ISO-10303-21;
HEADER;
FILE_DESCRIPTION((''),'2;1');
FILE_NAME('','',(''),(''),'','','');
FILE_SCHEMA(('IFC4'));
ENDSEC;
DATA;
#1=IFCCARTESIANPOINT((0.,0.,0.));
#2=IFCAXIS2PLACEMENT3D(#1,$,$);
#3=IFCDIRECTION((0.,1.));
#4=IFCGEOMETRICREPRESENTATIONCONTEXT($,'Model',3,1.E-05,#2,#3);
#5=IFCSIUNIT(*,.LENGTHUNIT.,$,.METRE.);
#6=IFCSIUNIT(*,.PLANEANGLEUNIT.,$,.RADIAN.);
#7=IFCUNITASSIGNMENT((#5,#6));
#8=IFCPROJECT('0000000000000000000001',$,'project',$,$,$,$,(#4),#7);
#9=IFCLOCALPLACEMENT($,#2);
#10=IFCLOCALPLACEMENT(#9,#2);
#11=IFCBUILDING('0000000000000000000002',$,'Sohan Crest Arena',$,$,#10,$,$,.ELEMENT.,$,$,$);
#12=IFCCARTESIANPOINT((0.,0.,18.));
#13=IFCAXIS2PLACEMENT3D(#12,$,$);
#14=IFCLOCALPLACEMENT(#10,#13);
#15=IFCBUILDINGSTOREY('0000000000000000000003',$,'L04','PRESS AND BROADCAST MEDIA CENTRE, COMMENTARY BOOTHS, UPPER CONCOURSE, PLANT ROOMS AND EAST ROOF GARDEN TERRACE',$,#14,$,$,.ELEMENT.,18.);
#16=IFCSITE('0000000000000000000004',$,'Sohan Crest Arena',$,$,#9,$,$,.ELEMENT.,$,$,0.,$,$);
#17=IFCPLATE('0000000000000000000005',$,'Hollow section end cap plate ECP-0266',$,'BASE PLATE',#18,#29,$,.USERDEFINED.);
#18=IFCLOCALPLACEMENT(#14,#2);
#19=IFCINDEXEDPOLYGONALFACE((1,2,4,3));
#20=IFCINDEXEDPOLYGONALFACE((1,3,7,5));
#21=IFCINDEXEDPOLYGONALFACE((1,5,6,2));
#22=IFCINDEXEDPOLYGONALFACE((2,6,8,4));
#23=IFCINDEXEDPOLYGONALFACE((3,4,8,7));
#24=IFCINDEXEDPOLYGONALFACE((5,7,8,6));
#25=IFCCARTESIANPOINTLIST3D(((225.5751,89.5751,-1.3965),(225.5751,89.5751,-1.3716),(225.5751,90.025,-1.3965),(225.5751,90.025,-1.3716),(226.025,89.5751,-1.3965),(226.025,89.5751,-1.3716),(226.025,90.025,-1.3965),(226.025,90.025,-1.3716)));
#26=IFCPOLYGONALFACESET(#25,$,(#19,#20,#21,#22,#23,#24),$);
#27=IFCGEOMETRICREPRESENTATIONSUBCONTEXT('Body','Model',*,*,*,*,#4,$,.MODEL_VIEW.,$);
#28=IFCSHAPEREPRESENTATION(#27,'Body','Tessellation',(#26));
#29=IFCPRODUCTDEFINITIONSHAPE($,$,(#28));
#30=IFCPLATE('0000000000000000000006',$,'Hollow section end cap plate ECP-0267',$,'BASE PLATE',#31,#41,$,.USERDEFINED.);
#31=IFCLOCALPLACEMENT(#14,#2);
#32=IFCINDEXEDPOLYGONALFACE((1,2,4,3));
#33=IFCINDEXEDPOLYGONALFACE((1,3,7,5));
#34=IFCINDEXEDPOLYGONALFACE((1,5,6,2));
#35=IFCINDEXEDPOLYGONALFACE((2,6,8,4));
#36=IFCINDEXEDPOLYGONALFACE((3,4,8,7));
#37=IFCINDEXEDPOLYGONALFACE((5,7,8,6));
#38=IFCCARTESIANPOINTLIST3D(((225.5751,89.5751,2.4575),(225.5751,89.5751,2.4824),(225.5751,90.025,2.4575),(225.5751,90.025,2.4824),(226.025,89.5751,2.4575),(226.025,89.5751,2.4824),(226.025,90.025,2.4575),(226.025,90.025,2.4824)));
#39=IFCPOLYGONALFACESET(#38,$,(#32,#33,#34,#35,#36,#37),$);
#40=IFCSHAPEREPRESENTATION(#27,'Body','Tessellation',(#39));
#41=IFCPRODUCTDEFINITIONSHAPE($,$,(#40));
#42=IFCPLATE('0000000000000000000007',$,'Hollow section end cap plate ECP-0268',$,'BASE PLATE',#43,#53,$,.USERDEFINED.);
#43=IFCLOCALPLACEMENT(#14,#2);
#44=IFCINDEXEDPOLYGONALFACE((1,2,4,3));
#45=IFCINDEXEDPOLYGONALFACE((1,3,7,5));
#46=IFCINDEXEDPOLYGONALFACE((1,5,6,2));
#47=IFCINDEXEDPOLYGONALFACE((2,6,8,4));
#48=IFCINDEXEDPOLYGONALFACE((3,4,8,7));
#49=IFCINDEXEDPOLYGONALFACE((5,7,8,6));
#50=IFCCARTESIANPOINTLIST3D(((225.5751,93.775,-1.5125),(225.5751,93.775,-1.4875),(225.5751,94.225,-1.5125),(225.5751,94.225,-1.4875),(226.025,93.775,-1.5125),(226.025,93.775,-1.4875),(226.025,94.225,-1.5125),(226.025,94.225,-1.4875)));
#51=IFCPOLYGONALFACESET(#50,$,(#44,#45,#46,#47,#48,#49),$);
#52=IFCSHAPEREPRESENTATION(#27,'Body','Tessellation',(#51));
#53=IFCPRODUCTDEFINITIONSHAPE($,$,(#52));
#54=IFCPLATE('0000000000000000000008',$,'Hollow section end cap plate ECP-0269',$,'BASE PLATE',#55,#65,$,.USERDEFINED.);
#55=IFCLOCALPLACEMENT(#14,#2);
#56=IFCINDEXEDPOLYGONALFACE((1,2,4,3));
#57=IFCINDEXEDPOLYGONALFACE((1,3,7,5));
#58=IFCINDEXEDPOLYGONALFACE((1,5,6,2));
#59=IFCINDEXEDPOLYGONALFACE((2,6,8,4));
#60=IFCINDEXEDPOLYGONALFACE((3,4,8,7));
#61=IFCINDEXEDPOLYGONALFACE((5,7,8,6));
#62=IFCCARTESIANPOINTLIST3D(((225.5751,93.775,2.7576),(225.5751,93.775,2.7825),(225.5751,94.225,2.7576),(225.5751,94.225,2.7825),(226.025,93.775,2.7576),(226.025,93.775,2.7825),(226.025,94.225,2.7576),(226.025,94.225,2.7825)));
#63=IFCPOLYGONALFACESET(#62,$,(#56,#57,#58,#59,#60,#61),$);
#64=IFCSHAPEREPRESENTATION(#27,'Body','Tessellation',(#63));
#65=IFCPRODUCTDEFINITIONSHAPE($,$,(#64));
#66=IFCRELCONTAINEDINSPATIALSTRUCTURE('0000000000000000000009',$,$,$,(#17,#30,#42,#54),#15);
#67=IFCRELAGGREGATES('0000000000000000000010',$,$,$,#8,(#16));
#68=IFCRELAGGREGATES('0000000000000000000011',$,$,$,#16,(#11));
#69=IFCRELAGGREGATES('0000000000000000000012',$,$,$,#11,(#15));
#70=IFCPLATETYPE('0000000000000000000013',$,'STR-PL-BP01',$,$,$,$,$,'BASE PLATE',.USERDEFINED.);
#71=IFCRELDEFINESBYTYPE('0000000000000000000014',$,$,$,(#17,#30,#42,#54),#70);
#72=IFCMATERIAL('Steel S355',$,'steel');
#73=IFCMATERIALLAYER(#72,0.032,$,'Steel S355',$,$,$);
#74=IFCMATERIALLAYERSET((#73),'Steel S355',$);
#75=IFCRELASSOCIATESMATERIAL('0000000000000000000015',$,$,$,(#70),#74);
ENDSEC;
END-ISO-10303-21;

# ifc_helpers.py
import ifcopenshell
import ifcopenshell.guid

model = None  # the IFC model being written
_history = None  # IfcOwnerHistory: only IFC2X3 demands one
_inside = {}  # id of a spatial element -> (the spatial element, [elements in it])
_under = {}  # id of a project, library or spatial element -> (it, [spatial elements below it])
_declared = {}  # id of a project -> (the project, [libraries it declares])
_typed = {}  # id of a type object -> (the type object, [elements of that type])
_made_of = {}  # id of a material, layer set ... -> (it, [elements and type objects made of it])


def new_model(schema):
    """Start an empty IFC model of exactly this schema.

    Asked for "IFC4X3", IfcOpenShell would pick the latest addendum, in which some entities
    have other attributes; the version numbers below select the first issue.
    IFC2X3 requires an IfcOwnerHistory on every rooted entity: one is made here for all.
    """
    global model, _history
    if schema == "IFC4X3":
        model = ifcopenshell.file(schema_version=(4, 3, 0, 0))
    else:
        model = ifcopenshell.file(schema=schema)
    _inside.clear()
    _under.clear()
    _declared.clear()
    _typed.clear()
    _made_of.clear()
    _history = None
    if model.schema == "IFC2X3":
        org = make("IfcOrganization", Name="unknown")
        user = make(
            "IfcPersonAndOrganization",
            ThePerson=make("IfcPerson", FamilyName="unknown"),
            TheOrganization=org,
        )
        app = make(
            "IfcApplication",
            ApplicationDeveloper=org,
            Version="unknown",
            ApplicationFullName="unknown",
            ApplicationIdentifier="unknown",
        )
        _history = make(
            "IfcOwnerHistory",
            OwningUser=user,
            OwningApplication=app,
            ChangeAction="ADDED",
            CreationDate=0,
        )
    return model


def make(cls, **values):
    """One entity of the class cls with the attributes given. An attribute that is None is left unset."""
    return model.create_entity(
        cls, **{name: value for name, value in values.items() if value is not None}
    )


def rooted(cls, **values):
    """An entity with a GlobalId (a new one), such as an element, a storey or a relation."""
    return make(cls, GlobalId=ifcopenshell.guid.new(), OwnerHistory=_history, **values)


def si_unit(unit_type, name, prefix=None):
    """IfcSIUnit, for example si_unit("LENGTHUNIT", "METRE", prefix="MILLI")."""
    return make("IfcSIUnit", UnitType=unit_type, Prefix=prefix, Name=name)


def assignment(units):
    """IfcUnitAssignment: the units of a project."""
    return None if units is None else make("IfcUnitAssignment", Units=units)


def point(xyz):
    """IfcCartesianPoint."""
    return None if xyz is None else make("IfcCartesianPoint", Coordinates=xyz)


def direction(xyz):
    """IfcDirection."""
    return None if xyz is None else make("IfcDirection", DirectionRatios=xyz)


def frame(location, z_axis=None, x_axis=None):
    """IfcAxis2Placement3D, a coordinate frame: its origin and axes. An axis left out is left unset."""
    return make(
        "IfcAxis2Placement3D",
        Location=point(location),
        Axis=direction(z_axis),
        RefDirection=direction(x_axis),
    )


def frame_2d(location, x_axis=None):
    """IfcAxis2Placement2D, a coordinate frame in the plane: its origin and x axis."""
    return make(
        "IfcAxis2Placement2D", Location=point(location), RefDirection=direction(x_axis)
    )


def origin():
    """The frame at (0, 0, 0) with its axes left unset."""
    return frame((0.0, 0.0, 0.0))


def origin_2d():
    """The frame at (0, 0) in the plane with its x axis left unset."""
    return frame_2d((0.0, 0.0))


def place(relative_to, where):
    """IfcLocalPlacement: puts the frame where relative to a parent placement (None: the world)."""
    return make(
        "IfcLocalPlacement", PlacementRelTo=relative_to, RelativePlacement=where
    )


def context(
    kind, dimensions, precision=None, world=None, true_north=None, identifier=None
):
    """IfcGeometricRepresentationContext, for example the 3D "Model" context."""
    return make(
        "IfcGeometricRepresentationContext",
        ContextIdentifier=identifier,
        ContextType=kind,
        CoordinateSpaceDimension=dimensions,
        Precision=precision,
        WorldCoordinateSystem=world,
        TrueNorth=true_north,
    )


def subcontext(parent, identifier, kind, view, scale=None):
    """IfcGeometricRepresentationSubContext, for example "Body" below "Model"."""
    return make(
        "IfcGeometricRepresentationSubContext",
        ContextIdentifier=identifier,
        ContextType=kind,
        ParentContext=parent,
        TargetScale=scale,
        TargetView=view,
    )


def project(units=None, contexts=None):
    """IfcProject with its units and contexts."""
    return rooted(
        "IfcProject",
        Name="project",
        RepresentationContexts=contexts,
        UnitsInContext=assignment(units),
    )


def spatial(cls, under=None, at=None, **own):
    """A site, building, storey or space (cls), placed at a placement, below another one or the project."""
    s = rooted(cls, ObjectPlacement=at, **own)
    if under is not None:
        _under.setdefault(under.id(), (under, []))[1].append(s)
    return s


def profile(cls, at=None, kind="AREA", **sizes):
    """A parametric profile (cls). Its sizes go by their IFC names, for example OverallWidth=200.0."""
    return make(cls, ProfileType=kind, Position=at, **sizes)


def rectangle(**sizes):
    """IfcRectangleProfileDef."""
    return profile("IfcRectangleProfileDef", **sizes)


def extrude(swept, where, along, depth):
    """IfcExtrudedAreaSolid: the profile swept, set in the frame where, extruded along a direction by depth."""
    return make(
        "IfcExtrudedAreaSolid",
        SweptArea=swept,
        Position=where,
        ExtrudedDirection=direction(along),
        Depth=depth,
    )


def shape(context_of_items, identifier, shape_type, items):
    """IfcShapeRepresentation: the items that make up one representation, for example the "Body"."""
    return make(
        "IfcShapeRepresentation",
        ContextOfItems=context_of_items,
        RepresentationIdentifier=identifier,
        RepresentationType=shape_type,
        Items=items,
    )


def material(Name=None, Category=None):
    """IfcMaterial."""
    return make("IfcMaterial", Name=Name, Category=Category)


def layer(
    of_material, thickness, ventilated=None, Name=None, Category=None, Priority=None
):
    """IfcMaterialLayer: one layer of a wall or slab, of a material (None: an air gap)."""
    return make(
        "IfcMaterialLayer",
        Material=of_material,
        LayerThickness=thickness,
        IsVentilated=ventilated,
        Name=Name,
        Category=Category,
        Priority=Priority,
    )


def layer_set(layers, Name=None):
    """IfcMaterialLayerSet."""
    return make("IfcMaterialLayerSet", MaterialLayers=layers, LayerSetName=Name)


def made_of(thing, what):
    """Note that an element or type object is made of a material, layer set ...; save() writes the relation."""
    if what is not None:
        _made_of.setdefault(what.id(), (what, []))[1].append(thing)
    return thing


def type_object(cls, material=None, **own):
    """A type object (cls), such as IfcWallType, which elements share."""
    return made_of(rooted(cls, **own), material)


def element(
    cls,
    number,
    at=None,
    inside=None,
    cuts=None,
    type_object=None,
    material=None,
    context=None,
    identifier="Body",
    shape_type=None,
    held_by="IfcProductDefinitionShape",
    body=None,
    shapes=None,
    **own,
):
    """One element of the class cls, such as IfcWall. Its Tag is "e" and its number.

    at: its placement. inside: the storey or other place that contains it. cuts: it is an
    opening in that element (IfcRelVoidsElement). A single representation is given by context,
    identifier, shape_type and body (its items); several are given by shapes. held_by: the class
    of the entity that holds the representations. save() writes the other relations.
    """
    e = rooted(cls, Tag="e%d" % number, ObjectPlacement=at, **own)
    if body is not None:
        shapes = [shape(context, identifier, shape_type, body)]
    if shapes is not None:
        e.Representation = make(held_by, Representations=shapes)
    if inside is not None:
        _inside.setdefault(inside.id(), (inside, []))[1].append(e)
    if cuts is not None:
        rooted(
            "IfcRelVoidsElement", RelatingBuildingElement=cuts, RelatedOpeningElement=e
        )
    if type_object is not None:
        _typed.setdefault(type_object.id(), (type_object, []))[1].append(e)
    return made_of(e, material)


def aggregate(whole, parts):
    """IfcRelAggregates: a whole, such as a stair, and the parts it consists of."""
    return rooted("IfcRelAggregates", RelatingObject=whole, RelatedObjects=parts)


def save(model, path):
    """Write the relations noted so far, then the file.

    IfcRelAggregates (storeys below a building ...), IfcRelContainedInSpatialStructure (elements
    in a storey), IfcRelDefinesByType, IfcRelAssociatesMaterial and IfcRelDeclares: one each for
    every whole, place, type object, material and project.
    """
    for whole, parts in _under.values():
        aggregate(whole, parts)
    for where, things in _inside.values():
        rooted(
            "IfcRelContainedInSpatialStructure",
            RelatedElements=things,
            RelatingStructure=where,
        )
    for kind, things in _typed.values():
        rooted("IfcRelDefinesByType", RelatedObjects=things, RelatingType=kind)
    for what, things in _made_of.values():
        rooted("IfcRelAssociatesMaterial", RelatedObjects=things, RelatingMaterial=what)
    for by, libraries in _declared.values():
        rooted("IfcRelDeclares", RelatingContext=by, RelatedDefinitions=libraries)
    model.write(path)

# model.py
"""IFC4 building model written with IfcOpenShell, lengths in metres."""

from ifc_helpers import new_model, si_unit, direction, frame, origin, origin_2d, place, context, subcontext, project, spatial, rectangle, extrude, material, layer, layer_set, type_object, element, save


model = new_model("IFC4")

# Units and contexts
model_context = context("Model", 3, precision=1e-05, world=origin(), true_north=direction((0.0, 1.0)))
body_context = subcontext(model_context, "Body", "Model", "MODEL_VIEW")
ifc_project = project(units=[si_unit("LENGTHUNIT", "METRE"), si_unit("PLANEANGLEUNIT", "RADIAN")], contexts=[model_context])

# Site, building, storey
site_placement = place(None, origin())
site = spatial("IfcSite", under=ifc_project, at=site_placement, Name="Sohan Crest Arena", CompositionType="ELEMENT", RefElevation=0.0)
building_placement = place(site_placement, origin())
building = spatial("IfcBuilding", under=site, at=building_placement, Name="Sohan Crest Arena", CompositionType="ELEMENT")
storey_placement = place(building_placement, frame((0.0, 0.0, 18.0)))
storey = spatial("IfcBuildingStorey", under=building, at=storey_placement, Name="L04", Description="PRESS AND BROADCAST MEDIA CENTRE, COMMENTARY BOOTHS, UPPER CONCOURSE, PLANT ROOMS AND EAST ROOF GARDEN TERRACE", CompositionType="ELEMENT", Elevation=18.0)

# Shared definitions
ifc_material = material(Name="Steel S355", Category="steel")

# Plates
ifc_layer = layer(ifc_material, 0.032, Name="Steel S355")
ifc_layer_set = layer_set([ifc_layer], Name="Steel S355")
plate_type = type_object("IfcPlateType", Name="STR-PL-BP01", ElementType="BASE PLATE", PredefinedType="USERDEFINED", material=ifc_layer_set)
for number, where, z_axis, x_axis, name in (
    (1, (225.8, 89.8, -1.3965), (0.0, 0.0, 1.0), (1.0, 0.0, 0.0), "Hollow section end cap plate ECP-0266"),
    (2, (225.8, 89.8, 2.4575), (0.0, 0.0, 1.0), (1.0, 0.0, 0.0), "Hollow section end cap plate ECP-0267"),
    (3, (225.8, 94.0, -1.5125), (0.0, 0.0, 1.0), (1.0, 0.0, 0.0), "Hollow section end cap plate ECP-0268"),
    (4, (225.8, 94.0, 2.7576), (0.0, 0.0, 1.0), (1.0, 0.0, 0.0), "Hollow section end cap plate ECP-0269"),
):
    element("IfcPlate", number, at=place(storey_placement, frame(where, z_axis=z_axis, x_axis=x_axis)), inside=storey, type_object=plate_type, Name=name, ObjectType="BASE PLATE", PredefinedType="USERDEFINED", context=body_context, shape_type="SweptSolid", body=[
        extrude(rectangle(XDim=0.45, YDim=0.45, at=origin_2d()), origin(), (0.0, 0.0, 1.0), 0.0249),
    ])

save(model, "model.ifc")
